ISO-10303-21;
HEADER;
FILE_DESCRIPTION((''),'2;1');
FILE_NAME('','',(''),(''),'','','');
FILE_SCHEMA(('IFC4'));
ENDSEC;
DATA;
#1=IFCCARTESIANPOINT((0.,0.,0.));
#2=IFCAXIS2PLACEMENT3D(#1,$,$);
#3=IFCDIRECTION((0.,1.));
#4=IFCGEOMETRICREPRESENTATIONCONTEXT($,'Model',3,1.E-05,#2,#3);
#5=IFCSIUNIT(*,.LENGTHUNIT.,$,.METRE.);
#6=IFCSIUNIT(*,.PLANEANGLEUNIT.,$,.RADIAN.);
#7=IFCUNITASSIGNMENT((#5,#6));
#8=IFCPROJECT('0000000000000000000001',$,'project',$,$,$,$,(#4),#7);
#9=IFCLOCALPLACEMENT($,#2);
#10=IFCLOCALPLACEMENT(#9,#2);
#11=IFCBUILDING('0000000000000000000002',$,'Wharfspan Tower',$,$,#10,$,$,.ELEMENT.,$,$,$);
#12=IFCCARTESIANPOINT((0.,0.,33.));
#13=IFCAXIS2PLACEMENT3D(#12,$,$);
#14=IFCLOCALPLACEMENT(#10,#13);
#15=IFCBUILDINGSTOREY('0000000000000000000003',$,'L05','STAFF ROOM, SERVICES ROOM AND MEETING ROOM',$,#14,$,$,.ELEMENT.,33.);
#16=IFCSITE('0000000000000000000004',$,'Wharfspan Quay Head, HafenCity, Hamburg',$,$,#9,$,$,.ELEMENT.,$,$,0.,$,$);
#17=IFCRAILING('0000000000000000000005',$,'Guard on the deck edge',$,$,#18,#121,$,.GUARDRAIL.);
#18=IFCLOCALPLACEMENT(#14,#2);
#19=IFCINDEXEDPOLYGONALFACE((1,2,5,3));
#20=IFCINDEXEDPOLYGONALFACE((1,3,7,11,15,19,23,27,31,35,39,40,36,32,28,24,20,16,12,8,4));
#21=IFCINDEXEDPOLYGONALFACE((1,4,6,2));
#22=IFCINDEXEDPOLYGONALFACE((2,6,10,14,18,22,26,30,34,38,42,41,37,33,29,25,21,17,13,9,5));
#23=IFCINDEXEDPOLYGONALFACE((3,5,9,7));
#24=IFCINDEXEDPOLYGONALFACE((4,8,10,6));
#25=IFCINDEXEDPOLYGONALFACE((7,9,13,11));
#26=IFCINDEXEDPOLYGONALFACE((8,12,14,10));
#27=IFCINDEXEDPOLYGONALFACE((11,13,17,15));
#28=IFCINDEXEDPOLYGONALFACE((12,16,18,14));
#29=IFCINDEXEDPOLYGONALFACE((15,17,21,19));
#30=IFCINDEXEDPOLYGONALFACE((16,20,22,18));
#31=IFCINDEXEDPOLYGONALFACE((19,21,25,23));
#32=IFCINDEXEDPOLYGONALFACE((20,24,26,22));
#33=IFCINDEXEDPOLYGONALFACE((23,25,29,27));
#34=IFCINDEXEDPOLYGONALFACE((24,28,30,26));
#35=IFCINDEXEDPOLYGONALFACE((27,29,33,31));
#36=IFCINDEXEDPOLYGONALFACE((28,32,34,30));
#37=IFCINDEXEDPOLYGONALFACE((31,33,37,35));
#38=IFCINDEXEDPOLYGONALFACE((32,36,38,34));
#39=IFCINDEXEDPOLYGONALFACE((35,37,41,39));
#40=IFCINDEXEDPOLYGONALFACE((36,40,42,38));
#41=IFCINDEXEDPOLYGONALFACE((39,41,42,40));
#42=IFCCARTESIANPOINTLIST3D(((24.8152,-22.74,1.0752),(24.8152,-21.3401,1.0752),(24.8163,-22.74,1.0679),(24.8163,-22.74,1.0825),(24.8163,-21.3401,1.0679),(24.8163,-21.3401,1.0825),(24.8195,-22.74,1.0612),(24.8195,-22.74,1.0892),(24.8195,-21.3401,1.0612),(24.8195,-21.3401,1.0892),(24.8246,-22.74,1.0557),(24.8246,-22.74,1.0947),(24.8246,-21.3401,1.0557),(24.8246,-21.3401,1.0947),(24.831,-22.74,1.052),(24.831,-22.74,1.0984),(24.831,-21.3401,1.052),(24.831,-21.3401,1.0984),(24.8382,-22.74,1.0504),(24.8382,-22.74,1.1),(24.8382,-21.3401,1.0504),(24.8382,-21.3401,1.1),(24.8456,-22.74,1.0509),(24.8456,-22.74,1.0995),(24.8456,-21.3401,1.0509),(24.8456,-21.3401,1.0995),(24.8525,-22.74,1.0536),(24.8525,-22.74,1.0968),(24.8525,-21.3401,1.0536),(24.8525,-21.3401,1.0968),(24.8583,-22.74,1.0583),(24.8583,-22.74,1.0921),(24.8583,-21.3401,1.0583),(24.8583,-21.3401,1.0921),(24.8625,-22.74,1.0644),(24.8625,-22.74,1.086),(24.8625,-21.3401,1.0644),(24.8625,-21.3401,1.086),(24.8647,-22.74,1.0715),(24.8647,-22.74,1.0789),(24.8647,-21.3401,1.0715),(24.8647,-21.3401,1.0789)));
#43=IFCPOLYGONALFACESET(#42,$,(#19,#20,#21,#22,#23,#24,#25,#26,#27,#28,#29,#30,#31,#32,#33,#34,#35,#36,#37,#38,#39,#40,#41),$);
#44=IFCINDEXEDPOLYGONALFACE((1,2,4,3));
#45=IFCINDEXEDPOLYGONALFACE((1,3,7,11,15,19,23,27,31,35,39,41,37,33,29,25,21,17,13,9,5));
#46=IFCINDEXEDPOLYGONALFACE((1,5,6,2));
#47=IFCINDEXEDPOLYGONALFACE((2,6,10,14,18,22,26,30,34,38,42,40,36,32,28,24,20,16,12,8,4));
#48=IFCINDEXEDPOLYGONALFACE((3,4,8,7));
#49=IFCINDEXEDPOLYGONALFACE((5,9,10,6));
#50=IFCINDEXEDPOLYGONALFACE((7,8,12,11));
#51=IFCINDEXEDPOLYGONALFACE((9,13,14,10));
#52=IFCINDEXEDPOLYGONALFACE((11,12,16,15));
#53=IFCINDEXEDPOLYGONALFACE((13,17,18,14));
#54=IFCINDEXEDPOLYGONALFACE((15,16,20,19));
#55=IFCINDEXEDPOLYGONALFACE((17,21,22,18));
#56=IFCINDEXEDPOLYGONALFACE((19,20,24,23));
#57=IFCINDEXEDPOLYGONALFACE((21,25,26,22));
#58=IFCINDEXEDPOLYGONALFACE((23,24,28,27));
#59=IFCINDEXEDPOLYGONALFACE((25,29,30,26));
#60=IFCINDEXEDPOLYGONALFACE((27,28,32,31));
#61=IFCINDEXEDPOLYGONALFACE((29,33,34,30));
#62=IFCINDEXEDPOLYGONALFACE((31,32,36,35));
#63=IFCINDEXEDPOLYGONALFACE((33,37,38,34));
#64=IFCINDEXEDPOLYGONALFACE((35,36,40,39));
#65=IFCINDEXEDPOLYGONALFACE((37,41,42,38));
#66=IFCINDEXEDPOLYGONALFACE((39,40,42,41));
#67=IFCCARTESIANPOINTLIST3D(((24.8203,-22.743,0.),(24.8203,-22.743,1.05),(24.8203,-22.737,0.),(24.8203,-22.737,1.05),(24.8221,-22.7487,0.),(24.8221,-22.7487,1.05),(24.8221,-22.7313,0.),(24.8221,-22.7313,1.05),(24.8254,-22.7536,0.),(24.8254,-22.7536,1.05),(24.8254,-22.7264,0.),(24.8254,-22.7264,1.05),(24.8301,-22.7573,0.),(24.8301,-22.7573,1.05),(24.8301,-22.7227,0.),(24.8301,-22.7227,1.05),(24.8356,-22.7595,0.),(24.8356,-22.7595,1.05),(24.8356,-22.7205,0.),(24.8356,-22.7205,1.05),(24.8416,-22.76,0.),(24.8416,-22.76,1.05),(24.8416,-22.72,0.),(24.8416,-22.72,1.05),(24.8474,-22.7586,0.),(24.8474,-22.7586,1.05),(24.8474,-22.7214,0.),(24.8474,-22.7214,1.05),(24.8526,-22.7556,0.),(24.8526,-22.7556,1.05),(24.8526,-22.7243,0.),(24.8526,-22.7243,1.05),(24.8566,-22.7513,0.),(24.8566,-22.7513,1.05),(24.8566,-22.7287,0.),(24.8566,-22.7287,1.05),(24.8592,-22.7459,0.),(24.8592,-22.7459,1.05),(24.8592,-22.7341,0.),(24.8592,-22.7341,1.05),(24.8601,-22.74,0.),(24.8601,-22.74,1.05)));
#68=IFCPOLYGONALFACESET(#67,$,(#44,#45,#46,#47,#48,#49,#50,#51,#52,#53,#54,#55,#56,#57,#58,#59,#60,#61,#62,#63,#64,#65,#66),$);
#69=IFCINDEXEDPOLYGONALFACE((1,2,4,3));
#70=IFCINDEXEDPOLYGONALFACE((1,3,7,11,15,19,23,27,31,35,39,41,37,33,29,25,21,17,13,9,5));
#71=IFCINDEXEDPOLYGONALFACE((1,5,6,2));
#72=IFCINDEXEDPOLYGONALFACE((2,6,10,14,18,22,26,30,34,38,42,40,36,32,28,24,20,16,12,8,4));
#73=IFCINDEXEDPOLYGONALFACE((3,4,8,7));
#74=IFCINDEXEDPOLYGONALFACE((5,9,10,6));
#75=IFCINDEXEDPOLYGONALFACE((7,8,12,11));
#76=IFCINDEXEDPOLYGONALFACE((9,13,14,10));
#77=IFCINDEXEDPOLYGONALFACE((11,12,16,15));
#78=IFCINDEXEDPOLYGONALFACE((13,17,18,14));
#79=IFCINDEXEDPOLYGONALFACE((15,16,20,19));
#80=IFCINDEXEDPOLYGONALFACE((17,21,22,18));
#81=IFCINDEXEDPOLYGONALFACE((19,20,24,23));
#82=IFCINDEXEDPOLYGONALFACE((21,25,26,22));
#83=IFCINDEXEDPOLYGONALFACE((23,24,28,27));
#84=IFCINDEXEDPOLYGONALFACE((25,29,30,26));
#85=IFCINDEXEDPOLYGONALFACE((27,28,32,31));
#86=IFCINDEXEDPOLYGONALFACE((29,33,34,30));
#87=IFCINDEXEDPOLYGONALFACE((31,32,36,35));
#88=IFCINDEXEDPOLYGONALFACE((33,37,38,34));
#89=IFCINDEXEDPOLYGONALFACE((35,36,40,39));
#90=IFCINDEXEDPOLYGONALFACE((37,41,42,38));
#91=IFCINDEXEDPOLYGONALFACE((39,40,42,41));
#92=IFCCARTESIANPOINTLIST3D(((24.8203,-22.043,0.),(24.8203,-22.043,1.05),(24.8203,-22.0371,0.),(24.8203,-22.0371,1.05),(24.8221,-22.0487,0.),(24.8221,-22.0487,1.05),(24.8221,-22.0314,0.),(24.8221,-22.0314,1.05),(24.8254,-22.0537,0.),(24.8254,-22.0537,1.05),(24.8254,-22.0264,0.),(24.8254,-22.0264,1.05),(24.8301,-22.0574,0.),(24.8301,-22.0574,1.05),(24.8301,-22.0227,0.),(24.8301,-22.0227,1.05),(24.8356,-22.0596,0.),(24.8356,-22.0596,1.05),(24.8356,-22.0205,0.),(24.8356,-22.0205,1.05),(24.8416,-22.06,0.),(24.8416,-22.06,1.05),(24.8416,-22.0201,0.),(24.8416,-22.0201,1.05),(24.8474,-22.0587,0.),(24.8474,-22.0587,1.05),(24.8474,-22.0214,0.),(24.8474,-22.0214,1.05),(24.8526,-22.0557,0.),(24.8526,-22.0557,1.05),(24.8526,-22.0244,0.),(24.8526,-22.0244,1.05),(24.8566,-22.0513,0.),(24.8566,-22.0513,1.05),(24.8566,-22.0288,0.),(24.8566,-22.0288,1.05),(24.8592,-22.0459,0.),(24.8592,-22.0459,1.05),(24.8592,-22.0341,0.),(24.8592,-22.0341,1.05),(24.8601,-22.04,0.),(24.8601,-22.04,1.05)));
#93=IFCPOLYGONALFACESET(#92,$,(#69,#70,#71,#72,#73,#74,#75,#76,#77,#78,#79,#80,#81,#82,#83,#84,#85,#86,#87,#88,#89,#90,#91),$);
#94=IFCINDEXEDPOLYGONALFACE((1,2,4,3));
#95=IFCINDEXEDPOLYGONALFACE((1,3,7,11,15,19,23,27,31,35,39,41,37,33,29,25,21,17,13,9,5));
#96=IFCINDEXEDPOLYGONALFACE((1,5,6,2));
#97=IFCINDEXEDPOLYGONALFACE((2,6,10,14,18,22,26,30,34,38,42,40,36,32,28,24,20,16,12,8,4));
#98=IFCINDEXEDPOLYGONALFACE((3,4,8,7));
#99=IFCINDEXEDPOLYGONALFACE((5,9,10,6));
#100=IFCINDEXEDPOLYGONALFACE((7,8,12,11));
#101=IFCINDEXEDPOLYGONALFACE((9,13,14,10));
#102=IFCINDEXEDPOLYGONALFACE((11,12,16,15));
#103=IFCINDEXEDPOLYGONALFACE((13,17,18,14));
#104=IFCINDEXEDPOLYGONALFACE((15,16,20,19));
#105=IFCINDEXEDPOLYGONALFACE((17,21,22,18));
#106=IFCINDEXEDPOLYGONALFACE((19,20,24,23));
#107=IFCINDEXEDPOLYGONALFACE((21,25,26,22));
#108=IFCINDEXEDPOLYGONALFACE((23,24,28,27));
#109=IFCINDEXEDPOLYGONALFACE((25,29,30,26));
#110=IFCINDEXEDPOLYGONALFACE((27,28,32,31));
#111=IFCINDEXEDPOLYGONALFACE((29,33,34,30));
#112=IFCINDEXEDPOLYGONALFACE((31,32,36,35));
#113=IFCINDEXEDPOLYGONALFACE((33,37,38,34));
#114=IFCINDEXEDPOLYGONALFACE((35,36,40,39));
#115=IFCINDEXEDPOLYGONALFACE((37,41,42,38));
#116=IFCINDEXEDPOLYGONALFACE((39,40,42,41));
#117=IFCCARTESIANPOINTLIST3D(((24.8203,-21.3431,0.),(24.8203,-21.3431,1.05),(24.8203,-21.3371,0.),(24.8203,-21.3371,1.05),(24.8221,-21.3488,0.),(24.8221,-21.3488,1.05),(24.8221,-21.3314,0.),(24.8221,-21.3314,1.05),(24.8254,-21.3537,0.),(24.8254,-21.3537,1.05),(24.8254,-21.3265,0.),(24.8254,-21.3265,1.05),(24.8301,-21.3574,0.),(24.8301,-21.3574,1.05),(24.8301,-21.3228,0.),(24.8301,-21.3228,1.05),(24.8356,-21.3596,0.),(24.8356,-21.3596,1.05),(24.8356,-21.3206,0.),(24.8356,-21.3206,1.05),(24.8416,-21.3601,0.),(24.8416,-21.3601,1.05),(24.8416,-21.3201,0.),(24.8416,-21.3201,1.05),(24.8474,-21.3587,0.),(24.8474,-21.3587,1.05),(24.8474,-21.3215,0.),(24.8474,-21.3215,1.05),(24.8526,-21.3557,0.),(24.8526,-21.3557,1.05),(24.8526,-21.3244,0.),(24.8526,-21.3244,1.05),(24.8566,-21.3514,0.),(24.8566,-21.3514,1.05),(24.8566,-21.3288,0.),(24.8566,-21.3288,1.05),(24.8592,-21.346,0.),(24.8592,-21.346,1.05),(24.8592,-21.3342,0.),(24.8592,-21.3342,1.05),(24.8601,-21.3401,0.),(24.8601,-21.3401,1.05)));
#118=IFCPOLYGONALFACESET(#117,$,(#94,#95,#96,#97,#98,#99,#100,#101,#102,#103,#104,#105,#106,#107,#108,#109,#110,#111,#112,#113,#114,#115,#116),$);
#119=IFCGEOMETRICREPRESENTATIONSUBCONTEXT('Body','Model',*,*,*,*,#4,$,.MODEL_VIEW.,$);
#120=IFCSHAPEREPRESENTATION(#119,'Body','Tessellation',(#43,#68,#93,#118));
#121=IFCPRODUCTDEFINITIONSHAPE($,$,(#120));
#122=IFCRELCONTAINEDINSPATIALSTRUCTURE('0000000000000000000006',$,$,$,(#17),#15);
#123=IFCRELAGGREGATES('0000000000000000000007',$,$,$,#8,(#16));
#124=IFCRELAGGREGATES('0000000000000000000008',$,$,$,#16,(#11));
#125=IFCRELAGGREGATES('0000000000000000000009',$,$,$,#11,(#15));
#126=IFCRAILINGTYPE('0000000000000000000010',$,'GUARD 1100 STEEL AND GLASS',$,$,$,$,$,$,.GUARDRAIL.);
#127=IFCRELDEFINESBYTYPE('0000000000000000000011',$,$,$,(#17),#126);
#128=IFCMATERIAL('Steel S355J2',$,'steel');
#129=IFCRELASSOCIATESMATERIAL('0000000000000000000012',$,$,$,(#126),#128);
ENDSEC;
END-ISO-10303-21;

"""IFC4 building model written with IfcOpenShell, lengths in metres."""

from ifc_helpers import new_model, si_unit, direction, frame, origin, origin_2d, place, context, subcontext, project, spatial, circle, extrude, material, type_object, element, save


model = new_model("IFC4")

# Units and contexts
model_context = context("Model", 3, precision=1e-05, world=origin(), true_north=direction((0.0, 1.0)))
body_context = subcontext(model_context, "Body", "Model", "MODEL_VIEW")
ifc_project = project(units=[si_unit("LENGTHUNIT", "METRE"), si_unit("PLANEANGLEUNIT", "RADIAN")], contexts=[model_context])

# Site, building, storey
site_placement = place(None, origin())
site = spatial("IfcSite", under=ifc_project, at=site_placement, Name="Wharfspan Quay Head, HafenCity, Hamburg", CompositionType="ELEMENT", RefElevation=0.0)
building_placement = place(site_placement, origin())
building = spatial("IfcBuilding", under=site, at=building_placement, Name="Wharfspan Tower", CompositionType="ELEMENT")
storey_placement = place(building_placement, frame((0.0, 0.0, 33.0)))
storey = spatial("IfcBuildingStorey", under=building, at=storey_placement, Name="L05", Description="STAFF ROOM, SERVICES ROOM AND MEETING ROOM", CompositionType="ELEMENT", Elevation=33.0)

# Railing
ifc_material_1 = material(Name="Steel S355J2", Category="steel")
railing_type = type_object("IfcRailingType", Name="GUARD 1100 STEEL AND GLASS", PredefinedType="GUARDRAIL", material=ifc_material_1)
railing_1_placement = place(storey_placement, frame((24.8401, -22.74, 0.0)))
element("IfcRailing", 1, at=railing_1_placement, inside=storey, type_object=railing_type, Name="Guard on the deck edge", PredefinedType="GUARDRAIL", context=body_context, shape_type="SweptSolid", body=[
    extrude(circle(Radius=0.0249, at=origin_2d()), frame((0.0, 0.0, 1.0752), z_axis=(0.0, 1.0, 0.0), x_axis=(-1.0, 0.0, 0.0)), (0.0, 0.0, 1.0), 1.3999),
    extrude(circle(Radius=0.02, at=origin_2d()), origin(), (0.0, 0.0, 1.0), 1.05),
    extrude(circle(Radius=0.02, at=origin_2d()), frame((0.0, 0.7, 0.0)), (0.0, 0.0, 1.0), 1.05),
    extrude(circle(Radius=0.02, at=origin_2d()), frame((0.0, 1.3999, 0.0)), (0.0, 0.0, 1.0), 1.05),
])

save(model, "model.ifc")
